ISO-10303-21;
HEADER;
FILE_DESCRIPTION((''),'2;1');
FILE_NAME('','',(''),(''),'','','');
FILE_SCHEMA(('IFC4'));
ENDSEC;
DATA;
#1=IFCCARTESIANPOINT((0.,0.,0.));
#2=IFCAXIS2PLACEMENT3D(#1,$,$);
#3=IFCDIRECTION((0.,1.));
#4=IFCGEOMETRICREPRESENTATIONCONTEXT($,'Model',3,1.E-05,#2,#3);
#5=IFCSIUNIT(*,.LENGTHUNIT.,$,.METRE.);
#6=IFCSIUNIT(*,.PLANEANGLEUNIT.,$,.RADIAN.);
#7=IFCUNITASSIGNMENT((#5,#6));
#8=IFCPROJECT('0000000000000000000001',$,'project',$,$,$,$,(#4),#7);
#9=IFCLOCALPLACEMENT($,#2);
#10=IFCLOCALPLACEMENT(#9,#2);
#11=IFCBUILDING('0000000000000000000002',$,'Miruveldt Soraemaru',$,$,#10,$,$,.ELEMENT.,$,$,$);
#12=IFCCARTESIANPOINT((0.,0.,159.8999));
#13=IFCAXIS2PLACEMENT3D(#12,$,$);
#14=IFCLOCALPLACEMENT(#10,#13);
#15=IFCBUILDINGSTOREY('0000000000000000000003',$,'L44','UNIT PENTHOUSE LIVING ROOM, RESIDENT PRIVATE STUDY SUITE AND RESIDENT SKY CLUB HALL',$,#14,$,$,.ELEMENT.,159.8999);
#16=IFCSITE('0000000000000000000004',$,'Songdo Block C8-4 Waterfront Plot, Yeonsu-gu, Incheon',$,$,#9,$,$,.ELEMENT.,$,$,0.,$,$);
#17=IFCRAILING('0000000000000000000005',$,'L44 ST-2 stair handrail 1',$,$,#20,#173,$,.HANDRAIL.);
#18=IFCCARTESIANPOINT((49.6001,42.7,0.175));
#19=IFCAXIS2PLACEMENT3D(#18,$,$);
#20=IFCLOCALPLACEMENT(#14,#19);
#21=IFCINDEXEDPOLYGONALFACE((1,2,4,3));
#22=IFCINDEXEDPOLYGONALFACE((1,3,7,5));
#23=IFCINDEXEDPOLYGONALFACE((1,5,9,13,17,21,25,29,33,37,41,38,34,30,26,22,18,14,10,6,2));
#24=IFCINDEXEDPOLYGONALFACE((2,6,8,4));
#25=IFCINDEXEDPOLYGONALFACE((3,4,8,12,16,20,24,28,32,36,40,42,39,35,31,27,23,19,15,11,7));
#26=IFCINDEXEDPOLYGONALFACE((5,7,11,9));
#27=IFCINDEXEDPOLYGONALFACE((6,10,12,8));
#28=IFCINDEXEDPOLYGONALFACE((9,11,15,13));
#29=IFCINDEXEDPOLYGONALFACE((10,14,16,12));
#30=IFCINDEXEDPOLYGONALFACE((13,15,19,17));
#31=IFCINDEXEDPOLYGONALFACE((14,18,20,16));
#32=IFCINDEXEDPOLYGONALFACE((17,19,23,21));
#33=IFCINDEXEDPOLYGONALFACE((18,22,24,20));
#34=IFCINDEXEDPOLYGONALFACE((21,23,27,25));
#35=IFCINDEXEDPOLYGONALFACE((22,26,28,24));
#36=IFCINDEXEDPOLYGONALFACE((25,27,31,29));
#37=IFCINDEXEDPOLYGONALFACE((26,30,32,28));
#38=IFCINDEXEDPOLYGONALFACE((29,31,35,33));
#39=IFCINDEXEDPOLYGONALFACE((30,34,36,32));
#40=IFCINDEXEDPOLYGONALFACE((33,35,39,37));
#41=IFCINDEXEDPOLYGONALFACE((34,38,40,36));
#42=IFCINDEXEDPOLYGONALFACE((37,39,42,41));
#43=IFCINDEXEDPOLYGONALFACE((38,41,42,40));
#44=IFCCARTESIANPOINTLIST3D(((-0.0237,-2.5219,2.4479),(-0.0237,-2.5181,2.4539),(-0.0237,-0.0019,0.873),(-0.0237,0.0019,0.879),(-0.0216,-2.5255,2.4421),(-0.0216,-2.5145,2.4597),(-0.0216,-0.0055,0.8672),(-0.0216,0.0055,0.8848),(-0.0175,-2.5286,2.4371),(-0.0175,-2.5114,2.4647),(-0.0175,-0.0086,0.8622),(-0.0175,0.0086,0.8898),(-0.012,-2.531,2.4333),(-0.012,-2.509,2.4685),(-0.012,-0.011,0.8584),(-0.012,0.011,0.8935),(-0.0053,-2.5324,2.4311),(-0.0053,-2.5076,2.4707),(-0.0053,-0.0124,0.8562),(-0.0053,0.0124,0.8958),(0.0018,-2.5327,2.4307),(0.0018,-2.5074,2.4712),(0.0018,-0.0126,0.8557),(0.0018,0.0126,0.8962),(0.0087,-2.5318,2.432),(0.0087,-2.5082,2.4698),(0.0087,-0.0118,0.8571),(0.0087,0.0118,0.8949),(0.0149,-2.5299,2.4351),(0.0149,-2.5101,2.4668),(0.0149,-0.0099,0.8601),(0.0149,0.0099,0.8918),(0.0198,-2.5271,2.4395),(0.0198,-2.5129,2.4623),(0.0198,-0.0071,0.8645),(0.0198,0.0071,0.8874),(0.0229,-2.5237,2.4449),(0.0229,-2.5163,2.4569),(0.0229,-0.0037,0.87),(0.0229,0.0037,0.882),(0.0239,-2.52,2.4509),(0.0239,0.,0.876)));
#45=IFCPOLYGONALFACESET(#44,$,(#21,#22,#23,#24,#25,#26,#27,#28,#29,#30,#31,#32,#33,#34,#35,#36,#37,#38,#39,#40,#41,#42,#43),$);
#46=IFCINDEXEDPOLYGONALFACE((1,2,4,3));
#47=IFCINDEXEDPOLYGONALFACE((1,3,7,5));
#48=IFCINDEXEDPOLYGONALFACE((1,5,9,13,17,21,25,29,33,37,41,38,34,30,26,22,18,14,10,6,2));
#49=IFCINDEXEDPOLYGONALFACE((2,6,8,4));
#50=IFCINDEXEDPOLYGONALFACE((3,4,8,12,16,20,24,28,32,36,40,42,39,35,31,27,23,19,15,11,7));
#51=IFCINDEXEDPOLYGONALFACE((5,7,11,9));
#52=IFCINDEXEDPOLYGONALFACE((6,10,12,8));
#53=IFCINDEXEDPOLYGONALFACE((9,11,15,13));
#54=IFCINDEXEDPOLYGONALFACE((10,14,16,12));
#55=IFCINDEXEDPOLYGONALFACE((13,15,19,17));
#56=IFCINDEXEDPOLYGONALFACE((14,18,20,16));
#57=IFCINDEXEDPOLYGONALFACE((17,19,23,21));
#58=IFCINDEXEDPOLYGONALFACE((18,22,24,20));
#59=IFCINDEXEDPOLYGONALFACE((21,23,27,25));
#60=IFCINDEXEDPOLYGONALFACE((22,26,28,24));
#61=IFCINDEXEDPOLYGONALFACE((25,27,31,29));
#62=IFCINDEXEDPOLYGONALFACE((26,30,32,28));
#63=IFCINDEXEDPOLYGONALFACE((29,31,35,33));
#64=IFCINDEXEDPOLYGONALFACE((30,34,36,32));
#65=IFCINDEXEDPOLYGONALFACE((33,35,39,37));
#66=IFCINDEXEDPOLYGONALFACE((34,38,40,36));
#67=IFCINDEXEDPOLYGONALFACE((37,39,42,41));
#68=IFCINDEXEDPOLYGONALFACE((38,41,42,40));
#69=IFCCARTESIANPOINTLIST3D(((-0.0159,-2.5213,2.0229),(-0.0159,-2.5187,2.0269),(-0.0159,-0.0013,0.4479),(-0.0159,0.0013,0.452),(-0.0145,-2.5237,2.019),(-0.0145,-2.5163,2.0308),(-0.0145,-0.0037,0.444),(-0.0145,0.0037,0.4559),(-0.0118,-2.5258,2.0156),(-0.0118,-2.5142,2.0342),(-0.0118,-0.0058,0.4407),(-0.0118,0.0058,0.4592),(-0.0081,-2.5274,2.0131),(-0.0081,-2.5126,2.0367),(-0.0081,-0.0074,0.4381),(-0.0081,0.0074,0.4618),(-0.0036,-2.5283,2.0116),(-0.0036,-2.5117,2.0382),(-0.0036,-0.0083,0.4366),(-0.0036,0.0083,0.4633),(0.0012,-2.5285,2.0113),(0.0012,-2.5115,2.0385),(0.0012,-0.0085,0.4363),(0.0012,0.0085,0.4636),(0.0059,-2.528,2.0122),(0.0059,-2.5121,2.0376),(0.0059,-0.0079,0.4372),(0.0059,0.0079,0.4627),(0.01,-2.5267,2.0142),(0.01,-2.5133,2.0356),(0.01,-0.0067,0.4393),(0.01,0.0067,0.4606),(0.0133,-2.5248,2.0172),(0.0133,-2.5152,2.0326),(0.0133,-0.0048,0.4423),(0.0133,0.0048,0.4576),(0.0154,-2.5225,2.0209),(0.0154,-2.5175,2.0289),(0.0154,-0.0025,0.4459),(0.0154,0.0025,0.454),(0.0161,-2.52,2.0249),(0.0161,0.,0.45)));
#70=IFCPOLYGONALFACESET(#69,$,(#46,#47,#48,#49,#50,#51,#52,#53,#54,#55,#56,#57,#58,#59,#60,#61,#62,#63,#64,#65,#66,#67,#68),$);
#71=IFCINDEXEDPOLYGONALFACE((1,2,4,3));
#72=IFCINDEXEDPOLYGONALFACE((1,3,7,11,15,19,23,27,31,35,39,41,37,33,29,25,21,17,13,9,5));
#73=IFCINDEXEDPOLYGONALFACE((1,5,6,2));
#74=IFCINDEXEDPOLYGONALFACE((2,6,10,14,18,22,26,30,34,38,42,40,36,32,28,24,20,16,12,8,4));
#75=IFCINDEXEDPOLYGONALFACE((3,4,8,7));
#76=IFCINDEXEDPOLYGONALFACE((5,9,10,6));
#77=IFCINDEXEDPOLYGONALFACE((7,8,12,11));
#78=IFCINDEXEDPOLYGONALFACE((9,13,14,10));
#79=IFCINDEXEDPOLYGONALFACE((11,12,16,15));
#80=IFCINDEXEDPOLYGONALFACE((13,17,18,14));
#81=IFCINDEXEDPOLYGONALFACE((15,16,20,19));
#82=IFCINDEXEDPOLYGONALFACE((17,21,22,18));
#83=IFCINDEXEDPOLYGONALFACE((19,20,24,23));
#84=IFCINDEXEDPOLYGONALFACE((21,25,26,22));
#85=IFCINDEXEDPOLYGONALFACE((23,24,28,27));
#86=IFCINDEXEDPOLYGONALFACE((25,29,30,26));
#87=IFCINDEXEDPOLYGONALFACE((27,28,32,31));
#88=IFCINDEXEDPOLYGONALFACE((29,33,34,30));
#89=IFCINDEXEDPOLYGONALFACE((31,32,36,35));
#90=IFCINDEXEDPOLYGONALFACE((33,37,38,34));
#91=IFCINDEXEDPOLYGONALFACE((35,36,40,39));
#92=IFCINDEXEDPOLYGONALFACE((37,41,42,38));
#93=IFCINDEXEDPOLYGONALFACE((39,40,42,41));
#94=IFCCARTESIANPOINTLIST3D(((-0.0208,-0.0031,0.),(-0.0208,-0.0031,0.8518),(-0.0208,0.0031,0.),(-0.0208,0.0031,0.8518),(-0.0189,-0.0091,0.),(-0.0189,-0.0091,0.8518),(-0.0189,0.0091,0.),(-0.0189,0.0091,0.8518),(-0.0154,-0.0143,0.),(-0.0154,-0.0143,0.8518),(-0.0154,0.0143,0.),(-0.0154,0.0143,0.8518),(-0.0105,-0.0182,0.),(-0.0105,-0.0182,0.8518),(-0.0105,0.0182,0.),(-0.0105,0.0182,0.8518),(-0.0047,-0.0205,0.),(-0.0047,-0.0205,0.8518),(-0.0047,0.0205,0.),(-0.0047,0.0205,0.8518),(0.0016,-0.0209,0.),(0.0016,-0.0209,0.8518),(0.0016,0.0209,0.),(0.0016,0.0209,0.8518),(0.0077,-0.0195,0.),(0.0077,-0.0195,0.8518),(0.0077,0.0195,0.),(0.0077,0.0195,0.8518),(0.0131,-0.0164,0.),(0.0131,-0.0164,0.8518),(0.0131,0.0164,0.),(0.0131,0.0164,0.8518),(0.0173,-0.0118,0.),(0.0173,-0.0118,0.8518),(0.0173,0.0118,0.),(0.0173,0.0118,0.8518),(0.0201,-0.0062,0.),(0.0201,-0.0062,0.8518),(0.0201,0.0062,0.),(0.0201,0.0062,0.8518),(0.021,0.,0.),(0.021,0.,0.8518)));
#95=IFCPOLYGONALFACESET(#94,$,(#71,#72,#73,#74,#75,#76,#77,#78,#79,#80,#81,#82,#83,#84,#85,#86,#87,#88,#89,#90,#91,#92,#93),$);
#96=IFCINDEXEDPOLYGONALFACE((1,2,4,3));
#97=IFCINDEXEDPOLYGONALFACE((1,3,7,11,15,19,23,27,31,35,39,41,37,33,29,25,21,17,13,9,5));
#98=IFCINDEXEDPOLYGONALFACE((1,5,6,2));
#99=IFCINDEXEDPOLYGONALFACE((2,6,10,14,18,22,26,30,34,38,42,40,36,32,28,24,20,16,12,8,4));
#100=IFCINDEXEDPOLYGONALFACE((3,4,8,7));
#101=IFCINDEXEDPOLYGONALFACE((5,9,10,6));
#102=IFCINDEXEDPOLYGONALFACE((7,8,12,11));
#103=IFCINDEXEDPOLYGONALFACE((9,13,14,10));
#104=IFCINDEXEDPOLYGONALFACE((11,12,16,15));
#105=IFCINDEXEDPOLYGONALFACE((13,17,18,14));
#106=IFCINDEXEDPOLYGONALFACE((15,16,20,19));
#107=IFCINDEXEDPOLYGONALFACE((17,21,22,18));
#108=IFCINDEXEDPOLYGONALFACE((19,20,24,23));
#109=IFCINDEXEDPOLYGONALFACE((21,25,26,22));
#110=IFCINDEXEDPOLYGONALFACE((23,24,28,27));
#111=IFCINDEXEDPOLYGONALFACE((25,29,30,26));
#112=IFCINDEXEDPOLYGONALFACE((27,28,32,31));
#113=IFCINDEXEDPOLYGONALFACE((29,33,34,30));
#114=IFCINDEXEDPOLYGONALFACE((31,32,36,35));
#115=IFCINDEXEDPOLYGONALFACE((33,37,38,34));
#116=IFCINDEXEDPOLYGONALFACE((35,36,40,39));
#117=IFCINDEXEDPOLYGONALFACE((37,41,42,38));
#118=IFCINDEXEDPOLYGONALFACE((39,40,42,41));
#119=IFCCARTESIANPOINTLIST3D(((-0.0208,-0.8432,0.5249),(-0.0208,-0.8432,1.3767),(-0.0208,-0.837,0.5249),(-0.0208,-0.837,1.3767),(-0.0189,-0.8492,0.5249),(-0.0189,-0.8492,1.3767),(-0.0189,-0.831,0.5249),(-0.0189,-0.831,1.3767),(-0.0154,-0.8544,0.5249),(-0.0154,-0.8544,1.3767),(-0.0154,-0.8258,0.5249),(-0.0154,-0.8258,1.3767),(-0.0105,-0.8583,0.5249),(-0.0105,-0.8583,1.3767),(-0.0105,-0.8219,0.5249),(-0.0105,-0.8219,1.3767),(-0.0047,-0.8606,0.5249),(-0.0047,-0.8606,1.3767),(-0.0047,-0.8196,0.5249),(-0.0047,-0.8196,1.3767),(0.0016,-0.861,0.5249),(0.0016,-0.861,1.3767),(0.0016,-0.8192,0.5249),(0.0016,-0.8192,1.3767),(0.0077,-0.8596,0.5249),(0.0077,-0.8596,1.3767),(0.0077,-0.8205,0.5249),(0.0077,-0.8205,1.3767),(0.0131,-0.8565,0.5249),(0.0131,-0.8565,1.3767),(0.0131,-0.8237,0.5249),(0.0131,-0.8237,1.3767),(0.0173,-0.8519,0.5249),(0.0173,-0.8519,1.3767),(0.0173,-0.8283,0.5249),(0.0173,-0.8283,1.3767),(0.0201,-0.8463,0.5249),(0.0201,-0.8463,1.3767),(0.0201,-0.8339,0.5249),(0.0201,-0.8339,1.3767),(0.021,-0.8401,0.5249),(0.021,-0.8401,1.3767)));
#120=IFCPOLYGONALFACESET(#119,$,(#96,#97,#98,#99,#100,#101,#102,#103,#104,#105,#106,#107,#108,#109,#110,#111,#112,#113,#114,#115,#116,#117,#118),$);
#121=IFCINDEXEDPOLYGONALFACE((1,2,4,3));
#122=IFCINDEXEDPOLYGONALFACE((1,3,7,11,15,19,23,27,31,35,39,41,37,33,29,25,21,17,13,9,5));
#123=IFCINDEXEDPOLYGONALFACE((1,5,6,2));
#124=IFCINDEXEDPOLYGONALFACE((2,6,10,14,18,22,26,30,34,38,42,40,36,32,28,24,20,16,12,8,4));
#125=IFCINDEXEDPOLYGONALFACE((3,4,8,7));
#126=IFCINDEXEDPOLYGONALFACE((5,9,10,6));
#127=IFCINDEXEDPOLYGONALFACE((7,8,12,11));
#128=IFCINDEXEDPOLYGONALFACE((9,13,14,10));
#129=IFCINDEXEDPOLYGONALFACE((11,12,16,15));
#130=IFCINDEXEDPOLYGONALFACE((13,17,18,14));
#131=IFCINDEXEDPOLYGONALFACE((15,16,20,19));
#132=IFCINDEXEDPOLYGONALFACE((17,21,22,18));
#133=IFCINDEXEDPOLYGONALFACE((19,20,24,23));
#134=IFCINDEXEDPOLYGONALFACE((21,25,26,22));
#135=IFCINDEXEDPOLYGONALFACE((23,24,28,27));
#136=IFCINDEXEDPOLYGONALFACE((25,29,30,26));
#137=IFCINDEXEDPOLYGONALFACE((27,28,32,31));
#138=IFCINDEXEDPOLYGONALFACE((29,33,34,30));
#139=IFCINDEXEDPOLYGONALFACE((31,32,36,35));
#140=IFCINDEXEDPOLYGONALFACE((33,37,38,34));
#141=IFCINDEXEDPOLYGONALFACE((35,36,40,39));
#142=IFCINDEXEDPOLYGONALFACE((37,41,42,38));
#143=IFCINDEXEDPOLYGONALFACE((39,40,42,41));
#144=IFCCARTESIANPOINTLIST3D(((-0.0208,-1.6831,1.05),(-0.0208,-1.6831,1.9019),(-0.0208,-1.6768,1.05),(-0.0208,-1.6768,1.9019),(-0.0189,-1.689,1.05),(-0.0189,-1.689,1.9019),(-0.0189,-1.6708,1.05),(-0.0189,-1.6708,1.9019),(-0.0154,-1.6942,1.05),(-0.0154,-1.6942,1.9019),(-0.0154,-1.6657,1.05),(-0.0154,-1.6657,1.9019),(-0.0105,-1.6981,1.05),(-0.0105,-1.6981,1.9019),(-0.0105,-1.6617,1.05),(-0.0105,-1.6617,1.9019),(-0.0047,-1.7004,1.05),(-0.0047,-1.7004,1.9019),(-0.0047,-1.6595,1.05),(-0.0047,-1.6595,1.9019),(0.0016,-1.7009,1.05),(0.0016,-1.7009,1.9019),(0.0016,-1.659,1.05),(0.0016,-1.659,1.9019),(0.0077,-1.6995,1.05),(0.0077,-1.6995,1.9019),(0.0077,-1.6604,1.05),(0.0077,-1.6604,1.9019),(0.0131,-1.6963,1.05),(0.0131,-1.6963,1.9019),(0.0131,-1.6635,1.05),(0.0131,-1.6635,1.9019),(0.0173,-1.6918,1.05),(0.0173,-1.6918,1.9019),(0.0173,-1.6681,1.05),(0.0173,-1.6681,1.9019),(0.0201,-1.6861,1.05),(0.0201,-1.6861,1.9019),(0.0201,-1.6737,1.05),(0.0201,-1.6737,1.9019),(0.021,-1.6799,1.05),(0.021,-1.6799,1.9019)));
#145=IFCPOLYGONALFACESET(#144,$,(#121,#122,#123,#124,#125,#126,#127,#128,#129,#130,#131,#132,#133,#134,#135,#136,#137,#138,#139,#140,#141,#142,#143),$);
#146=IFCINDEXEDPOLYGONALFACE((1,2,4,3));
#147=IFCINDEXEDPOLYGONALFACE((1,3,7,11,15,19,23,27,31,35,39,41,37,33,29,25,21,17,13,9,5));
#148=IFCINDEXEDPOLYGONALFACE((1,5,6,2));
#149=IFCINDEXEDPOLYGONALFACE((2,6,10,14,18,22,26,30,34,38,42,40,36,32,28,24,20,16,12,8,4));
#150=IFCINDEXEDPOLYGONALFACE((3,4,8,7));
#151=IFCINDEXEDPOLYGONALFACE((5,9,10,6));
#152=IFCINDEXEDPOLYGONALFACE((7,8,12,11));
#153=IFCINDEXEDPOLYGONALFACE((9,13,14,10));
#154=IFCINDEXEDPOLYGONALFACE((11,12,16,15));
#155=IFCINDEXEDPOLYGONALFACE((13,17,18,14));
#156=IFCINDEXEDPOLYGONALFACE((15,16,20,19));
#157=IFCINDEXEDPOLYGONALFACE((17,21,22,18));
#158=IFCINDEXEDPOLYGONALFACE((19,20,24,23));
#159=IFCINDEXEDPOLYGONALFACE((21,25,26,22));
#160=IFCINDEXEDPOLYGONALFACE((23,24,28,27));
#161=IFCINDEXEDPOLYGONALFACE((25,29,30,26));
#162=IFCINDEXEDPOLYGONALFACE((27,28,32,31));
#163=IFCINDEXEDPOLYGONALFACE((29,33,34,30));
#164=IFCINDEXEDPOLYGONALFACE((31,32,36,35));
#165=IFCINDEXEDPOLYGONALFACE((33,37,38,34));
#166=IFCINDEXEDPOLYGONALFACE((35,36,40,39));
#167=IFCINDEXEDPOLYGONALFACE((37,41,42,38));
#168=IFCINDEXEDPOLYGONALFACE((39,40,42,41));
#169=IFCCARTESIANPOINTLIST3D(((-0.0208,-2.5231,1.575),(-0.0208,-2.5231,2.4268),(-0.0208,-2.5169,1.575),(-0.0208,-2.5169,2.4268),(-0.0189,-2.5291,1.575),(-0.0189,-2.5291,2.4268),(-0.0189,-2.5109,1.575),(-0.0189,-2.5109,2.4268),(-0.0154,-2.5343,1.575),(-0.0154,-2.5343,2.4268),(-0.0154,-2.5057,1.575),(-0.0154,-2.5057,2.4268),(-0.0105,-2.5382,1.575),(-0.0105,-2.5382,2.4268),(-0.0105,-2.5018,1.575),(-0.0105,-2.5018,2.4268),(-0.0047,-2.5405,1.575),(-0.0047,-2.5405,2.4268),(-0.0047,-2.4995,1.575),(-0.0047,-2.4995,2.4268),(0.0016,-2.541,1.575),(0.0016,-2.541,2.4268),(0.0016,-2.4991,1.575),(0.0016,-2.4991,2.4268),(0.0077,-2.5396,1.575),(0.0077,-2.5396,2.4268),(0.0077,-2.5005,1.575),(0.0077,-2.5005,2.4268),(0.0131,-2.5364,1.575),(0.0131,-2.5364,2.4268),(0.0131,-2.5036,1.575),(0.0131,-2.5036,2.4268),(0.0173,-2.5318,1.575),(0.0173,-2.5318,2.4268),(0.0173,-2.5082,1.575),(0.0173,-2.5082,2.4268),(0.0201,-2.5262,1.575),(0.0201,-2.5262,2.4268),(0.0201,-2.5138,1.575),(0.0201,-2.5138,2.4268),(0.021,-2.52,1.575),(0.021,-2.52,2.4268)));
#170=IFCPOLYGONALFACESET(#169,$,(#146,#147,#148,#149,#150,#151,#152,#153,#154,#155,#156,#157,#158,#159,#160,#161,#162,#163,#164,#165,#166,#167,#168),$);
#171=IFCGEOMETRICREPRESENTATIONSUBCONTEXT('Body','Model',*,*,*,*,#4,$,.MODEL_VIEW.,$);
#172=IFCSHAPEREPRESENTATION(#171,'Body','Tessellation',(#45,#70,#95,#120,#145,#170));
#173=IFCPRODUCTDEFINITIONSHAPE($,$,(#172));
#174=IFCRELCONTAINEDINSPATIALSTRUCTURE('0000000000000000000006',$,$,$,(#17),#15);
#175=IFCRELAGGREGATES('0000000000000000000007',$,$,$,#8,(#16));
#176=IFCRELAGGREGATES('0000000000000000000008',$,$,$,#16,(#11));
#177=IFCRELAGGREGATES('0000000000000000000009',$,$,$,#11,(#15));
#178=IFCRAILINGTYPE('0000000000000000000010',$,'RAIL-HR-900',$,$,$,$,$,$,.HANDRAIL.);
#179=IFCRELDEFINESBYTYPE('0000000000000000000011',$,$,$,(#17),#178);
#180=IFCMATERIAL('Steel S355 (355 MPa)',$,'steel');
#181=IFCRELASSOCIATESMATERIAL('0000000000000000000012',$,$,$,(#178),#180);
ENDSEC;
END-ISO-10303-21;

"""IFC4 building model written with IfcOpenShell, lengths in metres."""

from ifc_helpers import new_model, si_unit, direction, frame, origin, origin_2d, place, context, subcontext, project, spatial, circle, extrude, material, type_object, element, save


model = new_model("IFC4")

# Units and contexts
model_context = context("Model", 3, precision=1e-05, world=origin(), true_north=direction((0.0, 1.0)))
body_context = subcontext(model_context, "Body", "Model", "MODEL_VIEW")
ifc_project = project(units=[si_unit("LENGTHUNIT", "METRE"), si_unit("PLANEANGLEUNIT", "RADIAN")], contexts=[model_context])

# Site, building, storey
site_placement = place(None, origin())
site = spatial("IfcSite", under=ifc_project, at=site_placement, Name="Songdo Block C8-4 Waterfront Plot, Yeonsu-gu, Incheon", CompositionType="ELEMENT", RefElevation=0.0)
building_placement = place(site_placement, origin())
building = spatial("IfcBuilding", under=site, at=building_placement, Name="Miruveldt Soraemaru", CompositionType="ELEMENT")
storey_placement = place(building_placement, frame((0.0, 0.0, 159.8999)))
storey = spatial("IfcBuildingStorey", under=building, at=storey_placement, Name="L44", Description="UNIT PENTHOUSE LIVING ROOM, RESIDENT PRIVATE STUDY SUITE AND RESIDENT SKY CLUB HALL", CompositionType="ELEMENT", Elevation=159.8999)

# Railing
ifc_material_1 = material(Name="Steel S355 (355 MPa)", Category="steel")
railing_type_1 = type_object("IfcRailingType", Name="RAIL-HR-900", PredefinedType="HANDRAIL", material=ifc_material_1)
railing_1_placement = place(storey_placement, frame((49.6001, 42.7, 0.175)))
element("IfcRailing", 1, at=railing_1_placement, inside=storey, type_object=railing_type_1, Name="L44 ST-2 stair handrail 1", PredefinedType="HANDRAIL", context=body_context, shape_type="SweptSolid", body=[
    extrude(circle(Radius=0.0239, at=origin_2d()), frame((0.0, 0.0, 0.876), z_axis=(0.0, -0.848008, 0.529984), x_axis=(1.0, 0.0, 0.0)), (0.0, 0.0, 1.0), 2.9717),
    extrude(circle(Radius=0.0161, at=origin_2d()), frame((0.0, 0.0, 0.45), z_axis=(0.0, -0.848008, 0.529984), x_axis=(1.0, 0.0, 0.0)), (0.0, 0.0, 1.0), 2.9717),
    extrude(circle(Radius=0.021, at=origin_2d()), origin(), (0.0, 0.0, 1.0), 0.8518),
    extrude(circle(Radius=0.021, at=origin_2d()), frame((0.0, -0.8401, 0.5249)), (0.0, 0.0, 1.0), 0.8518),
    extrude(circle(Radius=0.021, at=origin_2d()), frame((0.0, -1.6799, 1.05)), (0.0, 0.0, 1.0), 0.8518),
    extrude(circle(Radius=0.021, at=origin_2d()), frame((0.0, -2.52, 1.575)), (0.0, 0.0, 1.0), 0.8518),
])

save(model, "model.ifc")
